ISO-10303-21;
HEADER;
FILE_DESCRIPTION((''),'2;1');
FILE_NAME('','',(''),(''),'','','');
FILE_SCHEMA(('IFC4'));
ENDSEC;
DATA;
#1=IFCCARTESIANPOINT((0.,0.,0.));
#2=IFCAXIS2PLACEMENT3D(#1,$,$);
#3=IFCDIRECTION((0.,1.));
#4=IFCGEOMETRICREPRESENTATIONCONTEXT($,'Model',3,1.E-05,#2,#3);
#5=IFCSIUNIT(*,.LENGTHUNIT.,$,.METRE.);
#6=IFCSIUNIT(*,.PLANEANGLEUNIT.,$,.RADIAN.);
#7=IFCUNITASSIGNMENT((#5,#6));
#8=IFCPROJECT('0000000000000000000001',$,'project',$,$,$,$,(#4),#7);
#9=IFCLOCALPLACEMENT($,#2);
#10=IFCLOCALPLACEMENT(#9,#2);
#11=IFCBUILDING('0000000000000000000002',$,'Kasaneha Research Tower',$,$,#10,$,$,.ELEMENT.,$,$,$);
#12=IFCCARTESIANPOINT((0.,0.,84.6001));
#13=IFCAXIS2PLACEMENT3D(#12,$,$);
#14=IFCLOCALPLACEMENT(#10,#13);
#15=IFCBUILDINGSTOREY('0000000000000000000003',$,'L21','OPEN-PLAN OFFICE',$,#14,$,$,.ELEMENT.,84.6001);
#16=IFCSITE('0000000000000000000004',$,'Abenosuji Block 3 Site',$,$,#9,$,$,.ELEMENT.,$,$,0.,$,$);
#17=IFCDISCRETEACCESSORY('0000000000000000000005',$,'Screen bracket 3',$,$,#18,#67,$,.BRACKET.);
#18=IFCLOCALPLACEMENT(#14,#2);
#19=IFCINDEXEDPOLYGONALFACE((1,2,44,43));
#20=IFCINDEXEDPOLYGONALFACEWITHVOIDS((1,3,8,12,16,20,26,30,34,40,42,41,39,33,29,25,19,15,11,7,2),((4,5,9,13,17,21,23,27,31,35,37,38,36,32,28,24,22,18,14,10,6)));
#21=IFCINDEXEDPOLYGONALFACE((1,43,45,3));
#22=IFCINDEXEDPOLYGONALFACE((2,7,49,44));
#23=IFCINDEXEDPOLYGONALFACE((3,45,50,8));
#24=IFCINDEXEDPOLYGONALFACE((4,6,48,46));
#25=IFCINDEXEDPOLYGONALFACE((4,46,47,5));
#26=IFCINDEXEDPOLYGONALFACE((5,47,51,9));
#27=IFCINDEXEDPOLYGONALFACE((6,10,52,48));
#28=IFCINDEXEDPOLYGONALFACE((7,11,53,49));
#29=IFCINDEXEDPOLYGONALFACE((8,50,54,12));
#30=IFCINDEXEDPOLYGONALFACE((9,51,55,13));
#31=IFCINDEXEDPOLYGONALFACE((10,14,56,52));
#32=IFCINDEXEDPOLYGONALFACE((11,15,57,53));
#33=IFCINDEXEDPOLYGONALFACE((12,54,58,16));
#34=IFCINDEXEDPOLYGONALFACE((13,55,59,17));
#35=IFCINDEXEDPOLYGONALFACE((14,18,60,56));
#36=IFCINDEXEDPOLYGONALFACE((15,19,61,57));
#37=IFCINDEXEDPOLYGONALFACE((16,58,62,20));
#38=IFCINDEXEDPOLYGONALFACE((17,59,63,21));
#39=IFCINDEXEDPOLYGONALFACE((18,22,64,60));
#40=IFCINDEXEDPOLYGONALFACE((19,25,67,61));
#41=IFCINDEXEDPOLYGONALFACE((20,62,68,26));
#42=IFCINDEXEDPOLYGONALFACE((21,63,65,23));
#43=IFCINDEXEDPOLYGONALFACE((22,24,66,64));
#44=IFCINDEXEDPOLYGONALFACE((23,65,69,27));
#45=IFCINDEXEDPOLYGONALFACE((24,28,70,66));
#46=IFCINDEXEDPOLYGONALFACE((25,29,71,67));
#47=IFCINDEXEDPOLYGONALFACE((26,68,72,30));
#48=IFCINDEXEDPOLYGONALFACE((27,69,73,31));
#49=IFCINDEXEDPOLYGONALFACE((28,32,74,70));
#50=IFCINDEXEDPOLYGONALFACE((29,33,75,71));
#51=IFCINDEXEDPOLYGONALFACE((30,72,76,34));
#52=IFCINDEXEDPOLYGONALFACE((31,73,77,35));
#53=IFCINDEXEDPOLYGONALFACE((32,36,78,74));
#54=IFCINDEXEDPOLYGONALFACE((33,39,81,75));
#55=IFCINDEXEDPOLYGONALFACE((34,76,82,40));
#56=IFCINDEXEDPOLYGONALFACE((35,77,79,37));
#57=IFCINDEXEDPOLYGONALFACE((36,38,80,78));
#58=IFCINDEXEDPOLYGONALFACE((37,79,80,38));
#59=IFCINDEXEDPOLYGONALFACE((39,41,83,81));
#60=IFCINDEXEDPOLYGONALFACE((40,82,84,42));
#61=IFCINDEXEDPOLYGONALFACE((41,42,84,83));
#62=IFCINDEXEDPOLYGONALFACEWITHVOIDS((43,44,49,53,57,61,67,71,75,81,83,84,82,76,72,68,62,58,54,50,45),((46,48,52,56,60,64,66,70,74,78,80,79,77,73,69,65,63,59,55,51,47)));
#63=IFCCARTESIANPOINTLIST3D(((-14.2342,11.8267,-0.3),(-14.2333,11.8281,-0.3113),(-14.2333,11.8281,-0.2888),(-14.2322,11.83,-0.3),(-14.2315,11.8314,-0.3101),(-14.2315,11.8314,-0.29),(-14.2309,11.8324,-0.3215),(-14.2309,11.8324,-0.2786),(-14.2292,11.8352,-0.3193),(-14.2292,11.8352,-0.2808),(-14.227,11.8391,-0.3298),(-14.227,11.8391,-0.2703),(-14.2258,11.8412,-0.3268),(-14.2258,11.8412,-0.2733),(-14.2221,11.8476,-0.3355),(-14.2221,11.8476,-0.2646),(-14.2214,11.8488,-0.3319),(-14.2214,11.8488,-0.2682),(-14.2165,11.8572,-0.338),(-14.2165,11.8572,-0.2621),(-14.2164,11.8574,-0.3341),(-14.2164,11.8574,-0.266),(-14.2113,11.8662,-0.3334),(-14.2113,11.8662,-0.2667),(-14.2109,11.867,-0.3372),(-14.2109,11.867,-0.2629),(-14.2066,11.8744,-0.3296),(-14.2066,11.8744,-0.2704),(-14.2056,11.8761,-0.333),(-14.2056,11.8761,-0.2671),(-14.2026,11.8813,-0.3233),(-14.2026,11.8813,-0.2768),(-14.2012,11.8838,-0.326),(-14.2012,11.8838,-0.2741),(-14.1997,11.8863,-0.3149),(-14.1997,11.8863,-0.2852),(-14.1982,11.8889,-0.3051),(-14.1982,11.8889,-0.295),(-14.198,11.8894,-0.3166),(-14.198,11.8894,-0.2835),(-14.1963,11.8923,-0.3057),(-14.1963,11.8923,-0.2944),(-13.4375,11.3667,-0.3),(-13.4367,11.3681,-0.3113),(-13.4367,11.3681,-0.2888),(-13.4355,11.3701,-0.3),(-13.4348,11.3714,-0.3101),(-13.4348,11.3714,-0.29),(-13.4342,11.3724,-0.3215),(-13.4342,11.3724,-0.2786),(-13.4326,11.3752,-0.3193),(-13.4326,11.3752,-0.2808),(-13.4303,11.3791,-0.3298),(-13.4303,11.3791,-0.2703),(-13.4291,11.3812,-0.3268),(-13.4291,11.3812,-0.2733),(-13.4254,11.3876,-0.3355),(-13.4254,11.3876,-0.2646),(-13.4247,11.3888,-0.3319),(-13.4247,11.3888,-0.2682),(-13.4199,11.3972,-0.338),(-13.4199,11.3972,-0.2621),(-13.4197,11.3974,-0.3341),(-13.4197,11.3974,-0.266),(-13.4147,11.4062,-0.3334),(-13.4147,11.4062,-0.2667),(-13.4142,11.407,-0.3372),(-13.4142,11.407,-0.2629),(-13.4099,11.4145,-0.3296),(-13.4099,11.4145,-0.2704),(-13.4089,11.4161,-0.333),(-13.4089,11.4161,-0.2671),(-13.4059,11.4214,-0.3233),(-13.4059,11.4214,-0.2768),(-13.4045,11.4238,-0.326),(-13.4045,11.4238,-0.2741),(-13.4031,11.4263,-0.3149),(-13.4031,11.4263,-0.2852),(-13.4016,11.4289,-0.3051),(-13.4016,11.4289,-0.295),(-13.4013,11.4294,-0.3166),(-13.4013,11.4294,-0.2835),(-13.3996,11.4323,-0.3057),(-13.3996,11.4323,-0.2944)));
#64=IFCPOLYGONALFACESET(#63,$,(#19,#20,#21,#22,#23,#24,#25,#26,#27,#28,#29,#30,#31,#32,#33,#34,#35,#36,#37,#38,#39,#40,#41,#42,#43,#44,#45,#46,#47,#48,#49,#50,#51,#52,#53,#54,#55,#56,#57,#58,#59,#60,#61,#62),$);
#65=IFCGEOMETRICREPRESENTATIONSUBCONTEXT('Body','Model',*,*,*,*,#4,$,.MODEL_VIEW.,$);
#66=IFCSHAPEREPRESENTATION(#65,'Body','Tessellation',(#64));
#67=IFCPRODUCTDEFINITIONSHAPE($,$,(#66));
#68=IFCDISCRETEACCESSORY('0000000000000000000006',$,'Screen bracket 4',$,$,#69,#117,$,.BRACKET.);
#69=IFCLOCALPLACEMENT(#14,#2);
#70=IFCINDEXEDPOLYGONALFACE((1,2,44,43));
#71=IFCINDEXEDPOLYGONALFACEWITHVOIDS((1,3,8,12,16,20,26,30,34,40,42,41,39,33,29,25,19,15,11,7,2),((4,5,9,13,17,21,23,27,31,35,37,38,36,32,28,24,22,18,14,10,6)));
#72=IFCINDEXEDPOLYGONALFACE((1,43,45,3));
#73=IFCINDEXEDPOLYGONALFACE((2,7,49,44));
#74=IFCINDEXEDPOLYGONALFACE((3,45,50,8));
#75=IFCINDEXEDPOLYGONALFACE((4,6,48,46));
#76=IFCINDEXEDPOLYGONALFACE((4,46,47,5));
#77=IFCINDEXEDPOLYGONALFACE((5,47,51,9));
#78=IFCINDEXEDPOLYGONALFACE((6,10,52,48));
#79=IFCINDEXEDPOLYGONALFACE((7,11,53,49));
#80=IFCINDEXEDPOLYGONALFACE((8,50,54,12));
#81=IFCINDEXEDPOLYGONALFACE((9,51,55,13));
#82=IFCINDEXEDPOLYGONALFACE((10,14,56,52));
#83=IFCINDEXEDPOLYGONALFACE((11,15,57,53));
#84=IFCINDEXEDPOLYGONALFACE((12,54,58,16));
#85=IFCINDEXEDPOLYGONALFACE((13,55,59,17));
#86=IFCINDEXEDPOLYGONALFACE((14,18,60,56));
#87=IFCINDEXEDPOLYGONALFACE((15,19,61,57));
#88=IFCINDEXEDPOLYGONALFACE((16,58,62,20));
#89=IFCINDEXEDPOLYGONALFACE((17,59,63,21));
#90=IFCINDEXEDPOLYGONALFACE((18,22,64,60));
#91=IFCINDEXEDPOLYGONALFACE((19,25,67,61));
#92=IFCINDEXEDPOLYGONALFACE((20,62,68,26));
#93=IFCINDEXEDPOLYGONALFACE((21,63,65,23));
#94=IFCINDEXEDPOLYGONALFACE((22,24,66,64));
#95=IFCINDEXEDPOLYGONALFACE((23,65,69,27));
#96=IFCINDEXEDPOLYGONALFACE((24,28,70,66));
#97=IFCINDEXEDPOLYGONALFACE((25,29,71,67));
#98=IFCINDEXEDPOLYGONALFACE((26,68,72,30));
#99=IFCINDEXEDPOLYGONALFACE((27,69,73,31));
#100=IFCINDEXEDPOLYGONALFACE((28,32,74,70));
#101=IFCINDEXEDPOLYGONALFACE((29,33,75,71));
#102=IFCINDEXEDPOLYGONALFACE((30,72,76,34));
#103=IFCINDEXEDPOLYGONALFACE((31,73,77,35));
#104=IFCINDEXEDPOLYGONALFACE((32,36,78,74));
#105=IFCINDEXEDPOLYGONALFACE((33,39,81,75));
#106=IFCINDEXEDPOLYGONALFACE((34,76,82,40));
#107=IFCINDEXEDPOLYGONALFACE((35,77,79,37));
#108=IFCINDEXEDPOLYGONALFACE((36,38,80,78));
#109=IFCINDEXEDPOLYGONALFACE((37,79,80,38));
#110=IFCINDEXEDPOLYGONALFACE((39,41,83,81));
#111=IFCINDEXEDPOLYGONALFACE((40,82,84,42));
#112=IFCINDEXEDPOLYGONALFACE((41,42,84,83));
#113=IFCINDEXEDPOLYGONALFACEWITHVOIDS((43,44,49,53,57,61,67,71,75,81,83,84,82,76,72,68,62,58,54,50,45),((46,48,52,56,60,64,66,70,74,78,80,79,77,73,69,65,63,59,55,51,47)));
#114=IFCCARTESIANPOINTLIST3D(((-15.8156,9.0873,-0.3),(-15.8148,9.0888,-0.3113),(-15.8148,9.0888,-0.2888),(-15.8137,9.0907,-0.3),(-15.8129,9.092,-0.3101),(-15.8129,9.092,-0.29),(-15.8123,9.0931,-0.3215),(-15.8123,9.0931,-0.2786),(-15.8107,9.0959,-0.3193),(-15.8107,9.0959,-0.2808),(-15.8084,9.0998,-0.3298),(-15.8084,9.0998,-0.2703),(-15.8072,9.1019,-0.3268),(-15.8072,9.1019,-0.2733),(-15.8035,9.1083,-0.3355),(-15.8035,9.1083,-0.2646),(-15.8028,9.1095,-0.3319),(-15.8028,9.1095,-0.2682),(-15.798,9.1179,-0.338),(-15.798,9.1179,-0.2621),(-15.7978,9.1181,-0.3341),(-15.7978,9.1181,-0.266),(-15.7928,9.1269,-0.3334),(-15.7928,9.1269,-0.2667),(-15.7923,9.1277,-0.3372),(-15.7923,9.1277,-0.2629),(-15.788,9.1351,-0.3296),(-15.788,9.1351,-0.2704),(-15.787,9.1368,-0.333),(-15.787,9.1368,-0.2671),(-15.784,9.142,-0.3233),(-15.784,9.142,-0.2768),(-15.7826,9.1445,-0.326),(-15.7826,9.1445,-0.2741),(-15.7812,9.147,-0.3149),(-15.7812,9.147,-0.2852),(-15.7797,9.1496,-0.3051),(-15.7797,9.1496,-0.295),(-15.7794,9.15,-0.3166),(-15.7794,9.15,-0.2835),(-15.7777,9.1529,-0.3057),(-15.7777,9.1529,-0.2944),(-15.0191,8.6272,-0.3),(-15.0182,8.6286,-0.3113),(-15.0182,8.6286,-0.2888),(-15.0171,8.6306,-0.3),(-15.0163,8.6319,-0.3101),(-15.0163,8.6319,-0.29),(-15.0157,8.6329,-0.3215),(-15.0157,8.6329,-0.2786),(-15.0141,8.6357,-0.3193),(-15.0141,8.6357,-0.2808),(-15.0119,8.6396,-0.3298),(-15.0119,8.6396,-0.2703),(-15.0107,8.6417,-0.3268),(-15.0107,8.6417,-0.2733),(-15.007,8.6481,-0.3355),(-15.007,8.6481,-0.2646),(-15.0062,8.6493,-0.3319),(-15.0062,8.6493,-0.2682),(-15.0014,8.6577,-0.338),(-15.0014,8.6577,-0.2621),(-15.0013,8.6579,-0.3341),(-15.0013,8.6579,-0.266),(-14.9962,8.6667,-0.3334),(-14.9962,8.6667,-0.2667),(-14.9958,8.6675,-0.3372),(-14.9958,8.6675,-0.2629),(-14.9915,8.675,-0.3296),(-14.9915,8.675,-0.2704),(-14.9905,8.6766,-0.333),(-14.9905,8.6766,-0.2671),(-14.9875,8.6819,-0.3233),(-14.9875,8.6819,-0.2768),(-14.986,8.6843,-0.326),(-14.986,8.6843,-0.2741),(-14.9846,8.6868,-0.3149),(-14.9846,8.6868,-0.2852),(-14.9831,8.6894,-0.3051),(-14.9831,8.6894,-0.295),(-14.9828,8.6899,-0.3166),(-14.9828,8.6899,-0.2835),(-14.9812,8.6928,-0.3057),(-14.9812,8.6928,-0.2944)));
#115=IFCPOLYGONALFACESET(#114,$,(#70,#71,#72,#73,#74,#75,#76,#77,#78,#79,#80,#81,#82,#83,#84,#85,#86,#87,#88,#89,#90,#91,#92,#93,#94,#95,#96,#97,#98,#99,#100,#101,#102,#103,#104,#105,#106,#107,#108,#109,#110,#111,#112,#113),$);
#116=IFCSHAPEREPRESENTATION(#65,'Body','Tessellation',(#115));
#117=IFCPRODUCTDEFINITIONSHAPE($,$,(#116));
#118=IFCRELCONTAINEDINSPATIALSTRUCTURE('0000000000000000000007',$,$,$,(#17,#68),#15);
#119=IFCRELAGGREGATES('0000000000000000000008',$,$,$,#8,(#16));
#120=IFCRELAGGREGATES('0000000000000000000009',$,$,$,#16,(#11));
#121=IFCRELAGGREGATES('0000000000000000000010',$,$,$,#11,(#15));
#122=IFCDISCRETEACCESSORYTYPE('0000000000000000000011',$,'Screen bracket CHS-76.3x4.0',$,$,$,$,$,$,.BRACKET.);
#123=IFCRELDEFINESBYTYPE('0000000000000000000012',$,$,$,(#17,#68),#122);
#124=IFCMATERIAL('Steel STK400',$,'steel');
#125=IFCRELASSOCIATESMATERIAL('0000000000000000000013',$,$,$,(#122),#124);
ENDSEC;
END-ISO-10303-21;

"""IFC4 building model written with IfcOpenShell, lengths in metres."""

from ifc_helpers import new_model, si_unit, direction, frame, origin, origin_2d, place, context, subcontext, project, spatial, hollow_circle, extrude, material, material_profile, profile_set, type_object, element, save


model = new_model("IFC4")

# Units and contexts
model_context = context("Model", 3, precision=1e-05, world=origin(), true_north=direction((0.0, 1.0)))
body_context = subcontext(model_context, "Body", "Model", "MODEL_VIEW")
ifc_project = project(units=[si_unit("LENGTHUNIT", "METRE"), si_unit("PLANEANGLEUNIT", "RADIAN")], contexts=[model_context])

# Site, building, storey
site_placement = place(None, origin())
site = spatial("IfcSite", under=ifc_project, at=site_placement, Name="Abenosuji Block 3 Site", CompositionType="ELEMENT", RefElevation=0.0)
building_placement = place(site_placement, origin())
building = spatial("IfcBuilding", under=site, at=building_placement, Name="Kasaneha Research Tower", CompositionType="ELEMENT")
storey_placement = place(building_placement, frame((0.0, 0.0, 84.6001)))
storey = spatial("IfcBuildingStorey", under=building, at=storey_placement, Name="L21", Description="OPEN-PLAN OFFICE", CompositionType="ELEMENT", Elevation=84.6001)

# Discrete accessories
ifc_material_1 = material(Name="Steel STK400", Category="steel")
ifc_material_profile_1 = material_profile(ifc_material_1, hollow_circle(Radius=0.0381, WallThickness=0.0039, at=origin_2d()), Name="CHS-76.3x4.0")
ifc_profile_set_1 = profile_set([ifc_material_profile_1], Name="Steel STK400")
discrete_accessory_type = type_object("IfcDiscreteAccessoryType", Name="Screen bracket CHS-76.3x4.0", PredefinedType="BRACKET", material=ifc_profile_set_1)
for number, where, z_axis, x_axis, name in (
    (1, (-13.4185, 11.3997, -0.3), (-0.866013, 0.500021, 0.0), (-0.500021, -0.866013, 0.0), "Screen bracket 3"),
    (2, (-15.0, 8.6602, -0.3), (-0.865898, 0.50022, 0.0), (-0.50022, -0.865898, 0.0), "Screen bracket 4"),
):
    element("IfcDiscreteAccessory", number, at=place(storey_placement, frame(where, z_axis=z_axis, x_axis=x_axis)), inside=storey, type_object=discrete_accessory_type, Name=name, PredefinedType="BRACKET", context=body_context, shape_type="SweptSolid", body=[
        extrude(hollow_circle(Radius=0.0381, WallThickness=0.0039, at=origin_2d()), origin(), (0.0, 0.0, 1.0), 0.9199),
    ])

save(model, "model.ifc")
